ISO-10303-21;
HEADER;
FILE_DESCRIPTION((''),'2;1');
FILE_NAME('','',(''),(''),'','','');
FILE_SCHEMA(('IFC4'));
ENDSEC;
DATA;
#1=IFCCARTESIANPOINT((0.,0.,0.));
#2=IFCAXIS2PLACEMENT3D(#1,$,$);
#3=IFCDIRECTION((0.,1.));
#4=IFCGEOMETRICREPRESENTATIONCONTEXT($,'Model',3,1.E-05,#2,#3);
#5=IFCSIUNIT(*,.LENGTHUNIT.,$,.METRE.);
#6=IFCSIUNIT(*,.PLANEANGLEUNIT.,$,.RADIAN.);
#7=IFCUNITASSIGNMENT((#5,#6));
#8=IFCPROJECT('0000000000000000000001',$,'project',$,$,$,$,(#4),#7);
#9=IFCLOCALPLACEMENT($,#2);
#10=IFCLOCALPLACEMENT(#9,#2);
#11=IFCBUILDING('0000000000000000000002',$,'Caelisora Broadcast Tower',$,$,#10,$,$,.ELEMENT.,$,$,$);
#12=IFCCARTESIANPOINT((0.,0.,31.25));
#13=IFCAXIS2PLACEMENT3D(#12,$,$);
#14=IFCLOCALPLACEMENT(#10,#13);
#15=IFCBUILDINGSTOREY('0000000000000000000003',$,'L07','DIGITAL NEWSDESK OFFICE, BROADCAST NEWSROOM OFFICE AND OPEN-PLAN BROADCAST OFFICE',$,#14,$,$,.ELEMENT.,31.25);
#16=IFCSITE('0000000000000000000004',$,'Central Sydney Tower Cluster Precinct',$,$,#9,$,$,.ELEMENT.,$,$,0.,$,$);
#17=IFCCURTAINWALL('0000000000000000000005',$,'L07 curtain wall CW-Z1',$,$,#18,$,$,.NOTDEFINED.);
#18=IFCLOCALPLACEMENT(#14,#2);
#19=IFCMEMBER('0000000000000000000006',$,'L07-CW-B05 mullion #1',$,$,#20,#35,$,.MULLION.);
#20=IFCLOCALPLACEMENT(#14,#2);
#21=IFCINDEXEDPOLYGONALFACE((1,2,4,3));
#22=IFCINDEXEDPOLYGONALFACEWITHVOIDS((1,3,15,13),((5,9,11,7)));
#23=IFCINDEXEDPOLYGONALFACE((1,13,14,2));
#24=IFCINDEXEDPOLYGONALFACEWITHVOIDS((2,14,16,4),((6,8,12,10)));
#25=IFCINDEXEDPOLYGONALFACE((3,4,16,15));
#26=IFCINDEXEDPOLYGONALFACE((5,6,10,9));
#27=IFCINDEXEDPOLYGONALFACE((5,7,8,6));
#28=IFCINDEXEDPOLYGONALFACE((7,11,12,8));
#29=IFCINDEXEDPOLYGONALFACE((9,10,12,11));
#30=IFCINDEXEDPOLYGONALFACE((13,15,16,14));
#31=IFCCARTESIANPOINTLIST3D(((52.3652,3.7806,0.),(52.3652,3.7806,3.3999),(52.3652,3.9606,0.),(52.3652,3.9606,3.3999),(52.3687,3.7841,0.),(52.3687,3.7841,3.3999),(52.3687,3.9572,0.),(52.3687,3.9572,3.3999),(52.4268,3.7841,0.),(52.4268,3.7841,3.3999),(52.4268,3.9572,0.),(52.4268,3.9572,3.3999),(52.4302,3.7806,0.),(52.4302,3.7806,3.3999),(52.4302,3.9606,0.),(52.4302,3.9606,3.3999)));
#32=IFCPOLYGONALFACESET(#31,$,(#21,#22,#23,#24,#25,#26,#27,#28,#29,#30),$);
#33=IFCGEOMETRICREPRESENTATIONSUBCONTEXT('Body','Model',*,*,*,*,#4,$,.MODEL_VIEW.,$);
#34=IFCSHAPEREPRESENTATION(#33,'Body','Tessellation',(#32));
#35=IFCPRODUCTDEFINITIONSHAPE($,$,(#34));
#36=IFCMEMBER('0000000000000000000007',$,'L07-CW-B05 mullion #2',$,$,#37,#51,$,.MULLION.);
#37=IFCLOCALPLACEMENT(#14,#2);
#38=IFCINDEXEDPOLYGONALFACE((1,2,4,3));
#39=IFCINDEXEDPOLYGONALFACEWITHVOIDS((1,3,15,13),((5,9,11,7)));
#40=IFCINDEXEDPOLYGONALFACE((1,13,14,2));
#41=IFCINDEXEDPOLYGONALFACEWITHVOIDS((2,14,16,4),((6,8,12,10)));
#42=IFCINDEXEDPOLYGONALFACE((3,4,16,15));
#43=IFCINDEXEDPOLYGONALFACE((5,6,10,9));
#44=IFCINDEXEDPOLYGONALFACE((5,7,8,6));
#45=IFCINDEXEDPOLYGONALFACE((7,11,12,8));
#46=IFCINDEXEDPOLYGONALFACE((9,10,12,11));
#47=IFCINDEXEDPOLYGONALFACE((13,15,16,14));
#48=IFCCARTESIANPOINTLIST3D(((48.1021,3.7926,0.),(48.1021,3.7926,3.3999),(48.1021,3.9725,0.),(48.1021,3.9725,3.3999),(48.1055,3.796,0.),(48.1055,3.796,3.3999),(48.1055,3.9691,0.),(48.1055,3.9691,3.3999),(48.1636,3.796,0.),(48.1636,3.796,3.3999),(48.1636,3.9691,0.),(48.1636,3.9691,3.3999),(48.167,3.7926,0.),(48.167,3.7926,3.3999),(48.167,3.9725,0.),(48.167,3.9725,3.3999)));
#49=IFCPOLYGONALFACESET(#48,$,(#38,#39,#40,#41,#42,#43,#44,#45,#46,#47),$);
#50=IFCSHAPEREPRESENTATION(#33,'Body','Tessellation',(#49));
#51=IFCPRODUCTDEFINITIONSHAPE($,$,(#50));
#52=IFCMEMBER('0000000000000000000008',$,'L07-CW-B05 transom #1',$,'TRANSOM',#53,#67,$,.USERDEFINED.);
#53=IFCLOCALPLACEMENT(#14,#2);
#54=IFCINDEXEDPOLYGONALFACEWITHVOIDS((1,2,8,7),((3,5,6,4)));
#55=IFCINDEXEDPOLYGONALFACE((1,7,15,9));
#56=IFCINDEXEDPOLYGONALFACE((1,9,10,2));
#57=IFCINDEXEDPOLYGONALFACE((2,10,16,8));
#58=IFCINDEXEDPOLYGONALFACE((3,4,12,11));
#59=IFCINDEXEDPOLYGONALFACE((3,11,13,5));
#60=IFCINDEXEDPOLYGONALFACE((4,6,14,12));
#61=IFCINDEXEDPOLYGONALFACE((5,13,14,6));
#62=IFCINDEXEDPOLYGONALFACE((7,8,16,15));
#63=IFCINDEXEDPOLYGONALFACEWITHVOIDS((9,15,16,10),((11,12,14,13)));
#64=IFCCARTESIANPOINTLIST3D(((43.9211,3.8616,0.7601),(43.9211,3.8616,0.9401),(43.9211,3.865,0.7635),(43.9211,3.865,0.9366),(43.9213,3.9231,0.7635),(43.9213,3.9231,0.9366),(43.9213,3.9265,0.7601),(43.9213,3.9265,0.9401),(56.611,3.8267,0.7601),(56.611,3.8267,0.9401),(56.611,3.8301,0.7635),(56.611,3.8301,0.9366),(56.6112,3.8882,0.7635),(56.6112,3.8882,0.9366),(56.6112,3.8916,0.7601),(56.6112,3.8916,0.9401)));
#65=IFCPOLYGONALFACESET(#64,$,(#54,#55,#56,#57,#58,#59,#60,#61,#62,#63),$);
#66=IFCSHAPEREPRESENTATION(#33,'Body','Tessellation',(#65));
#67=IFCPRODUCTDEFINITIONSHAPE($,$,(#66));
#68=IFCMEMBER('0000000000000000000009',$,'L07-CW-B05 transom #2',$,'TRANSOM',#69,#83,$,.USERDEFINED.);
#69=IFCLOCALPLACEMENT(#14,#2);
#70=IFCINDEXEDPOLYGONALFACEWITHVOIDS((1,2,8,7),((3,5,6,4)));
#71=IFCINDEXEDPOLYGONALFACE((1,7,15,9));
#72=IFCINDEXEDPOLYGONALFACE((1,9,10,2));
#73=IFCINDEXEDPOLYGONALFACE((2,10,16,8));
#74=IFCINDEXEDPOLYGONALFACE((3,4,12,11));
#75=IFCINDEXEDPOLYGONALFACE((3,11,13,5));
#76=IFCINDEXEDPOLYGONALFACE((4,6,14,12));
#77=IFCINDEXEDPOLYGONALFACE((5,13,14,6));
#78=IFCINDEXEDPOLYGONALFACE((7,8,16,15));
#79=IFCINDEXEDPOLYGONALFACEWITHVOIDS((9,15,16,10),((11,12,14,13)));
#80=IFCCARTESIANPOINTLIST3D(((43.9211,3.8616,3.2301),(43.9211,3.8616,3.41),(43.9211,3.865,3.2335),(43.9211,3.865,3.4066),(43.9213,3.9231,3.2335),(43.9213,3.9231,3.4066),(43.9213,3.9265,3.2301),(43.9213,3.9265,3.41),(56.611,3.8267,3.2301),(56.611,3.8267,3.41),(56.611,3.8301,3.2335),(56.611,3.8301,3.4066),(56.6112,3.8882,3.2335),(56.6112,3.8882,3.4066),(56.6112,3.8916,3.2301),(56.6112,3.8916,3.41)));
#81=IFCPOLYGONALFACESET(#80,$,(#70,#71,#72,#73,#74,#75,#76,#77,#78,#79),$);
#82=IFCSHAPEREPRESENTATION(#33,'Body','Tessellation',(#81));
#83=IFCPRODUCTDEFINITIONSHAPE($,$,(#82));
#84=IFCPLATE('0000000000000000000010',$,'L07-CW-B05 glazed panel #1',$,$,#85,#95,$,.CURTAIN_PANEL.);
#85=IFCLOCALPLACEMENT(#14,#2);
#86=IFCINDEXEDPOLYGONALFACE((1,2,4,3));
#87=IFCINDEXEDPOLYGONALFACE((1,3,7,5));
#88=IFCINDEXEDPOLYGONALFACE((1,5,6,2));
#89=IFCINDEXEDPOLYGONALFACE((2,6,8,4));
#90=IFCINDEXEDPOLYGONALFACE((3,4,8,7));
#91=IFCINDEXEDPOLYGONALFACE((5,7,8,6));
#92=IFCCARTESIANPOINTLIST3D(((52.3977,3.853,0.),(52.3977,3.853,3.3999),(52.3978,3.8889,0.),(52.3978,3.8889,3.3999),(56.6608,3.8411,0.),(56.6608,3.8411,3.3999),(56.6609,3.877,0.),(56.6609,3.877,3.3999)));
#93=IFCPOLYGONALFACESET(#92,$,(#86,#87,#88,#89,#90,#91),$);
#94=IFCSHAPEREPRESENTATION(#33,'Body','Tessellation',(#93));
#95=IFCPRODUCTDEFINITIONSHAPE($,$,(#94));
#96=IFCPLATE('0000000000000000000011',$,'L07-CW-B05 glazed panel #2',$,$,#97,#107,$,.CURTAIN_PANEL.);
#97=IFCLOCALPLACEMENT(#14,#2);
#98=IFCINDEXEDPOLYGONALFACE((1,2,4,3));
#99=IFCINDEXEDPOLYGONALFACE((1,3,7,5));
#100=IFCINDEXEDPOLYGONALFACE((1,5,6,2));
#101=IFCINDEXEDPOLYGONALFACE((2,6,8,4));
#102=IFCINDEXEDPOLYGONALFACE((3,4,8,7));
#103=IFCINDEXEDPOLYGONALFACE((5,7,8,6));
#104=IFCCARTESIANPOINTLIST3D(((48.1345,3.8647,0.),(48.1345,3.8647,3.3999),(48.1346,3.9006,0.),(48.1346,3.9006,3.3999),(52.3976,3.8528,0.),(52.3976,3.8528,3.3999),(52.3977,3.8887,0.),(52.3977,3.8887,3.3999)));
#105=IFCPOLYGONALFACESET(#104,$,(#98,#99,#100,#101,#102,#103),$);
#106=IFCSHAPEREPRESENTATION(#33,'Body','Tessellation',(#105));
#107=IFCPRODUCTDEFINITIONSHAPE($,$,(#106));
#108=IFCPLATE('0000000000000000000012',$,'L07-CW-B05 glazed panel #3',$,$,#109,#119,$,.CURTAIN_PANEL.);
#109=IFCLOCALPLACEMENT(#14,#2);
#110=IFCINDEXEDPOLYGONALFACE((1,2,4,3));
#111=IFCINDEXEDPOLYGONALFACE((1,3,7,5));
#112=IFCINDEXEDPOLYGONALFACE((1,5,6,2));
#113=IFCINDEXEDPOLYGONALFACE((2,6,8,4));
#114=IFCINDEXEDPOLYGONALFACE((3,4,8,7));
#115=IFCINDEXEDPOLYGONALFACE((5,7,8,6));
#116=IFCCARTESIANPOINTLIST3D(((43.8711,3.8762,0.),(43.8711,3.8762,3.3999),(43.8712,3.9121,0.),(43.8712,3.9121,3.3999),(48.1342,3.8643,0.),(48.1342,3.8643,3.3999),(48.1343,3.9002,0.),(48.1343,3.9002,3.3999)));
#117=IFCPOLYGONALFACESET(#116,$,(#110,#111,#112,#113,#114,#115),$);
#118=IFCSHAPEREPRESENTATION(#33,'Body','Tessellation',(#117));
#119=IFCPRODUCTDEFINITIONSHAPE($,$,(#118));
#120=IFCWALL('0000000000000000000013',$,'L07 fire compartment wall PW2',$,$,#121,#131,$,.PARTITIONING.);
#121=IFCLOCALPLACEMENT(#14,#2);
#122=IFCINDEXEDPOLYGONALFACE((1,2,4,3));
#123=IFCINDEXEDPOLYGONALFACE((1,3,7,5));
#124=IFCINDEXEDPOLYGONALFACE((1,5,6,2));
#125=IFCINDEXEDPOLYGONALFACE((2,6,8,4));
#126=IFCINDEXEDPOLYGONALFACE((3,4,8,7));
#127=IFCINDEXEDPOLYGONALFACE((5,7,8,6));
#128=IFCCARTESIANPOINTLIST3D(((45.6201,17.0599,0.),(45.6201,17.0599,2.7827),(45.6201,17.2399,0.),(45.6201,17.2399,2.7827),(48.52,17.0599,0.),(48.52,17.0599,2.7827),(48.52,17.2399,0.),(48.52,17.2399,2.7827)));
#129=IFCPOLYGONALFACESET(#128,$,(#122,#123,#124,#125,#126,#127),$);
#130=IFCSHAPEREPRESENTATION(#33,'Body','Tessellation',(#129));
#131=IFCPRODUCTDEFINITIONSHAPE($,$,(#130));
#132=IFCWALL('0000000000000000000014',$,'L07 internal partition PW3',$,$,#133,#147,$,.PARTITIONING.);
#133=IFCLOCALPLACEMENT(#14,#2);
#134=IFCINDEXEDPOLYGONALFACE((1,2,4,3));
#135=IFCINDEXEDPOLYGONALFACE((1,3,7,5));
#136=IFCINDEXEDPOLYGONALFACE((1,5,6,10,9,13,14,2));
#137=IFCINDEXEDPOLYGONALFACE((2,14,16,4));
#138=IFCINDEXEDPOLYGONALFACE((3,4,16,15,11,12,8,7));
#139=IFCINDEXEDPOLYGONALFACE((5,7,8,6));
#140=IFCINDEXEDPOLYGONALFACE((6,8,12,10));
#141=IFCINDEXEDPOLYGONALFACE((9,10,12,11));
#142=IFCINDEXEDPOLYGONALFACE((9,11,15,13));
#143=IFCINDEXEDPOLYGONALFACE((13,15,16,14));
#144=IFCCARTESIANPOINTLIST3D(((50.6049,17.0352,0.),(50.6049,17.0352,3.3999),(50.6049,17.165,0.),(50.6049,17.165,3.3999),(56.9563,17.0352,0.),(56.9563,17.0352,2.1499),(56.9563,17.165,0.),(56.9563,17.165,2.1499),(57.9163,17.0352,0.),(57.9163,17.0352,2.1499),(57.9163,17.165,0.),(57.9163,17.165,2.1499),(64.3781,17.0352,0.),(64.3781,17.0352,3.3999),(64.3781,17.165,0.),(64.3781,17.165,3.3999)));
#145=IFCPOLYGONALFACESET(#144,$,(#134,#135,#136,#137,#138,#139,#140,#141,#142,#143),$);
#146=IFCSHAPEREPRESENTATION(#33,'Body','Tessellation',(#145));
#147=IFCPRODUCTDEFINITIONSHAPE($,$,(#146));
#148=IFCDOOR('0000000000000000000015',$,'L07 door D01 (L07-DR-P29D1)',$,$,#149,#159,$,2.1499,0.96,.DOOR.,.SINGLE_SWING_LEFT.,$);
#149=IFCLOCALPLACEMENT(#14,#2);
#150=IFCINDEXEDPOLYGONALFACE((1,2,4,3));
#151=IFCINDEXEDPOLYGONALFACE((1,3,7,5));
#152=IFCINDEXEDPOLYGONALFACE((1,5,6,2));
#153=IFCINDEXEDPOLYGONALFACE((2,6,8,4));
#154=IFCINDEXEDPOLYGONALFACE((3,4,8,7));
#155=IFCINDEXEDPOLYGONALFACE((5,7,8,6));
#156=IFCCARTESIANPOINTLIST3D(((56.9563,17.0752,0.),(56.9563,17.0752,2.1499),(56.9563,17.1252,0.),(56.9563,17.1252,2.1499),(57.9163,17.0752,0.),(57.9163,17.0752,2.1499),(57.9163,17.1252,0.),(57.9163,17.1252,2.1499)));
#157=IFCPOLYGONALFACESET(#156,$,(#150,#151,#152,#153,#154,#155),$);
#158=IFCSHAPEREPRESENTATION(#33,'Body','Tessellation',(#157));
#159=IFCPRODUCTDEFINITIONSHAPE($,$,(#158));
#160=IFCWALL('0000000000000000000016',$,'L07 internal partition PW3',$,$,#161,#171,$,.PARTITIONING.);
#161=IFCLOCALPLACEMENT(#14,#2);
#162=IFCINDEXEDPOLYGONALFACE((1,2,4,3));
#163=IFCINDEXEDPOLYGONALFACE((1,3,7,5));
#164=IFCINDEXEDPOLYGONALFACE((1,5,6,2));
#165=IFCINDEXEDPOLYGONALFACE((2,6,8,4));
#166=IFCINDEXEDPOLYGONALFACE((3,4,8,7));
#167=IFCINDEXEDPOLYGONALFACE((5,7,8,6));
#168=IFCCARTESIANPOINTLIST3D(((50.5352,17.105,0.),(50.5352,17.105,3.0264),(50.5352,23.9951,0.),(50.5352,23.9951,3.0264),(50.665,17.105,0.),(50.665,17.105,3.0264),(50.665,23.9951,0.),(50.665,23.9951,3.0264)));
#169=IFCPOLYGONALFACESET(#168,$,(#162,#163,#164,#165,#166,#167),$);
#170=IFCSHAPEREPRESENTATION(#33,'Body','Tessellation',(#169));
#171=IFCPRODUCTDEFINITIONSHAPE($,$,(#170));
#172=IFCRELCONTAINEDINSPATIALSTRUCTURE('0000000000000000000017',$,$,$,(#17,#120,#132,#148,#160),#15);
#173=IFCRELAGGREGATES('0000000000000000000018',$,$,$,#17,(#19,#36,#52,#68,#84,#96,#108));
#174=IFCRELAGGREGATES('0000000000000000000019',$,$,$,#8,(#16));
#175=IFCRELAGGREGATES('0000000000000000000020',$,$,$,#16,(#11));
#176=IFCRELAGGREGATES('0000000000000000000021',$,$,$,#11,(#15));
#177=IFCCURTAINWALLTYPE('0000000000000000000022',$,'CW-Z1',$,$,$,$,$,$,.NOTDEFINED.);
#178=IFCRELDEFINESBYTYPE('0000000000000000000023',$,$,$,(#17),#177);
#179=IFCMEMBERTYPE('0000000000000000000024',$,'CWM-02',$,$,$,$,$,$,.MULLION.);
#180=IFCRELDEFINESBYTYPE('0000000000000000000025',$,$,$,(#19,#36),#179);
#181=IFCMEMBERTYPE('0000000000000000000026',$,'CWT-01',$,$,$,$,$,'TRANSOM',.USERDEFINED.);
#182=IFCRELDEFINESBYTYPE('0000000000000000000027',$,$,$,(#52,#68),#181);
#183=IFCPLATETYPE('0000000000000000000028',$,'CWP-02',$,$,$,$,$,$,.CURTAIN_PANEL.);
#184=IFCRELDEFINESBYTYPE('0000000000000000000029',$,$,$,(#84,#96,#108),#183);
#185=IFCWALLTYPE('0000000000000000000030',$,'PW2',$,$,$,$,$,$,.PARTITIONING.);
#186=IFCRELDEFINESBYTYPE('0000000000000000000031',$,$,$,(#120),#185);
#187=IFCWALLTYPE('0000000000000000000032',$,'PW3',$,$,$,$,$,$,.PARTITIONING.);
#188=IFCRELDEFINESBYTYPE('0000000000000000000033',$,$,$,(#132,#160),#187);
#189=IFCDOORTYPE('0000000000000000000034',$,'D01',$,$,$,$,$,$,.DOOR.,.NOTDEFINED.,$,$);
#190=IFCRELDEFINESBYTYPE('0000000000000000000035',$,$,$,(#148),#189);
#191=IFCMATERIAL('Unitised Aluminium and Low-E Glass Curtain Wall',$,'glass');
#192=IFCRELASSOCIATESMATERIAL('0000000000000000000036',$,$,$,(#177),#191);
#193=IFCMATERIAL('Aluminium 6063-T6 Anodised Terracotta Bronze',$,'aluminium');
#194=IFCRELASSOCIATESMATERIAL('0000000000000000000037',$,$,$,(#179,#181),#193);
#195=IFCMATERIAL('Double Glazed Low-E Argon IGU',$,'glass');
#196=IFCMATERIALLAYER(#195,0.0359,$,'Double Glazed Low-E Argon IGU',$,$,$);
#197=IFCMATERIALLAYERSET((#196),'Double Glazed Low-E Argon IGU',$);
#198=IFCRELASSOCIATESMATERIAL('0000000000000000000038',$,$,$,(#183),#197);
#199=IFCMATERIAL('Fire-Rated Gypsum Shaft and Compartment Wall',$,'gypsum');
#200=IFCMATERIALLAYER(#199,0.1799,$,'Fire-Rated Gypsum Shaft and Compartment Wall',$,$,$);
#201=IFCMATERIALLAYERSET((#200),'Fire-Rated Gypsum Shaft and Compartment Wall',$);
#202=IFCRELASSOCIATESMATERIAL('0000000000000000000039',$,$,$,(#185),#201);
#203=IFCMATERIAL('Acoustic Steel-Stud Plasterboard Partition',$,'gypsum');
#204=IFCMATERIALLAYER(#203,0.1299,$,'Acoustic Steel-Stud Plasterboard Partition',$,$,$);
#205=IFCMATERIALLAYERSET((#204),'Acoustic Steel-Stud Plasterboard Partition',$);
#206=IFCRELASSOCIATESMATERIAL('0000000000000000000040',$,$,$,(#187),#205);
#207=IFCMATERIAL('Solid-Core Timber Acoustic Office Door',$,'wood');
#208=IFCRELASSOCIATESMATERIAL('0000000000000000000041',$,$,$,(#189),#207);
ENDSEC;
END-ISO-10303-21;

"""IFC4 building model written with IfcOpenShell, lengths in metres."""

from ifc_helpers import new_model, si_unit, direction, frame, frame_2d, origin, origin_2d, place, context, subcontext, project, spatial, rectangle, hollow_rectangle, extrude, source, transform, mapped, material, layer, layer_set, material_profile, profile_set, type_object, type_shapes, element, fill, aggregate, save


model = new_model("IFC4")

# Units and contexts
model_context = context("Model", 3, precision=1e-05, world=origin(), true_north=direction((0.0, 1.0)))
body_context = subcontext(model_context, "Body", "Model", "MODEL_VIEW")
ifc_project = project(units=[si_unit("LENGTHUNIT", "METRE"), si_unit("PLANEANGLEUNIT", "RADIAN")], contexts=[model_context])

# Site, building, storey
site_placement = place(None, origin())
site = spatial("IfcSite", under=ifc_project, at=site_placement, Name="Central Sydney Tower Cluster Precinct", CompositionType="ELEMENT", RefElevation=0.0)
building_placement = place(site_placement, origin())
building = spatial("IfcBuilding", under=site, at=building_placement, Name="Caelisora Broadcast Tower", CompositionType="ELEMENT")
storey_placement = place(building_placement, frame((0.0, 0.0, 31.25)))
storey = spatial("IfcBuildingStorey", under=building, at=storey_placement, Name="L07", Description="DIGITAL NEWSDESK OFFICE, BROADCAST NEWSROOM OFFICE AND OPEN-PLAN BROADCAST OFFICE", CompositionType="ELEMENT", Elevation=31.25)

# Curtain wall, members, plates
ifc_material_1 = material(Name="Unitised Aluminium and Low-E Glass Curtain Wall", Category="glass")
curtain_wall_type = type_object("IfcCurtainWallType", Name="CW-Z1", PredefinedType="NOTDEFINED", material=ifc_material_1)
curtain_wall_placement = place(storey_placement, origin())
curtain_wall = element("IfcCurtainWall", 1, at=curtain_wall_placement, inside=storey, type_object=curtain_wall_type, Name="L07 curtain wall CW-Z1", PredefinedType="NOTDEFINED")
ifc_material_2 = material(Name="Aluminium 6063-T6 Anodised Terracotta Bronze", Category="aluminium")
ifc_material_profile_1 = material_profile(ifc_material_2, hollow_rectangle(XDim=0.0649, YDim=0.1799, WallThickness=0.0034, at=origin_2d()), Name="Aluminium 6063-T6 Anodised Terracotta Bronze")
ifc_profile_set_1 = profile_set([ifc_material_profile_1], Name="Aluminium 6063-T6 Anodised Terracotta Bronze")
member_type_1 = type_object("IfcMemberType", Name="CWM-02", PredefinedType="MULLION", material=ifc_profile_set_1)
shared_shape_1 = source(origin(), body_context, "Body", "SweptSolid", [
    extrude(hollow_rectangle(XDim=0.0649, YDim=0.1799, WallThickness=0.0034, at=origin_2d()), origin(), (0.0, 0.0, 1.0), 3.3999),
])
type_shapes(member_type_1, [shared_shape_1])
member_1_placement = place(storey_placement, frame((52.3977, 3.8706, 0.0), z_axis=(0.0, 0.0, 1.0), x_axis=(1.0, 0.0, 0.0)))
member_1 = element("IfcMember", 2, at=member_1_placement, type_object=member_type_1, Name="L07-CW-B05 mullion #1", PredefinedType="MULLION", context=body_context, shape_type="MappedRepresentation", body=[
    mapped(shared_shape_1, transform((0.0, 0.0, 0.0), scale=1.0)),
])
member_2_placement = place(storey_placement, frame((48.1345, 3.8826, 0.0), z_axis=(0.0, 0.0, 1.0), x_axis=(1.0, 0.0, 0.0)))
member_2 = element("IfcMember", 3, at=member_2_placement, type_object=member_type_1, Name="L07-CW-B05 mullion #2", PredefinedType="MULLION", context=body_context, shape_type="MappedRepresentation", body=[
    mapped(shared_shape_1, transform((0.0, 0.0, 0.0), scale=1.0)),
])
ifc_material_profile_2 = material_profile(ifc_material_2, hollow_rectangle(XDim=0.0649, YDim=0.1799, WallThickness=0.0034, at=origin_2d()), Name="Aluminium 6063-T6 Anodised Terracotta Bronze")
ifc_profile_set_2 = profile_set([ifc_material_profile_2], Name="Aluminium 6063-T6 Anodised Terracotta Bronze")
member_type_2 = type_object("IfcMemberType", Name="CWT-01", ElementType="TRANSOM", PredefinedType="USERDEFINED", material=ifc_profile_set_2)
shared_shape_2 = source(origin(), body_context, "Body", "SweptSolid", [
    extrude(hollow_rectangle(XDim=0.0649, YDim=0.1799, WallThickness=0.0034, at=origin_2d()), origin(), (0.0, 0.0, 1.0), 12.6899),
])
type_shapes(member_type_2, [shared_shape_2])
member_3_placement = place(storey_placement, frame((56.6111, 3.8591, 0.8501), z_axis=(-0.999996, 0.002751, 0.0), x_axis=(-0.002751, -0.999996, 0.0)))
member_3 = element("IfcMember", 4, at=member_3_placement, type_object=member_type_2, Name="L07-CW-B05 transom #1", ObjectType="TRANSOM", PredefinedType="USERDEFINED", context=body_context, shape_type="MappedRepresentation", body=[
    mapped(shared_shape_2, transform((0.0, 0.0, 0.0), scale=1.0)),
])
member_4_placement = place(storey_placement, frame((56.6111, 3.8591, 3.3201), z_axis=(-0.999996, 0.002751, 0.0), x_axis=(-0.002751, -0.999996, 0.0)))
member_4 = element("IfcMember", 5, at=member_4_placement, type_object=member_type_2, Name="L07-CW-B05 transom #2", ObjectType="TRANSOM", PredefinedType="USERDEFINED", context=body_context, shape_type="MappedRepresentation", body=[
    mapped(shared_shape_2, transform((0.0, 0.0, 0.0), scale=1.0)),
])
ifc_material_3 = material(Name="Double Glazed Low-E Argon IGU", Category="glass")
ifc_layer_1 = layer(ifc_material_3, 0.0359, Name="Double Glazed Low-E Argon IGU")
ifc_layer_set_1 = layer_set([ifc_layer_1], Name="Double Glazed Low-E Argon IGU")
plate_type = type_object("IfcPlateType", Name="CWP-02", PredefinedType="CURTAIN_PANEL", material=ifc_layer_set_1)
shared_shape_3 = source(origin(), body_context, "Body", "SweptSolid", [
    extrude(rectangle(XDim=4.2632, YDim=0.0359, at=origin_2d()), origin(), (0.0, 0.0, 1.0), 3.3999),
])
type_shapes(plate_type, [shared_shape_3])
plate_1_placement = place(storey_placement, frame((54.5293, 3.865, 0.0), z_axis=(0.0, 0.0, 1.0), x_axis=(-0.999996, 0.002793, 0.0)))
plate_1 = element("IfcPlate", 6, at=plate_1_placement, type_object=plate_type, Name="L07-CW-B05 glazed panel #1", PredefinedType="CURTAIN_PANEL", context=body_context, shape_type="MappedRepresentation", body=[
    mapped(shared_shape_3, transform((0.0, 0.0, 0.0), scale=1.0)),
])
plate_2_placement = place(storey_placement, frame((50.2661, 3.8767, 0.0), z_axis=(0.0, 0.0, 1.0), x_axis=(-0.999996, 0.002793, 0.0)))
plate_2 = element("IfcPlate", 7, at=plate_2_placement, type_object=plate_type, Name="L07-CW-B05 glazed panel #2", PredefinedType="CURTAIN_PANEL", context=body_context, shape_type="MappedRepresentation", body=[
    mapped(shared_shape_3, transform((0.0, 0.0, 0.0), scale=1.0)),
])
plate_3_placement = place(storey_placement, frame((46.0027, 3.8882, 0.0), z_axis=(0.0, 0.0, 1.0), x_axis=(-0.999996, 0.002793, 0.0)))
plate_3 = element("IfcPlate", 8, at=plate_3_placement, type_object=plate_type, Name="L07-CW-B05 glazed panel #3", PredefinedType="CURTAIN_PANEL", context=body_context, shape_type="MappedRepresentation", body=[
    mapped(shared_shape_3, transform((0.0, 0.0, 0.0), scale=1.0)),
])
aggregate(curtain_wall, [member_1, member_2, member_3, member_4, plate_1, plate_2, plate_3])

# Wall
ifc_material_4 = material(Name="Fire-Rated Gypsum Shaft and Compartment Wall", Category="gypsum")
ifc_layer_2 = layer(ifc_material_4, 0.1799, Name="Fire-Rated Gypsum Shaft and Compartment Wall")
ifc_layer_set_2 = layer_set([ifc_layer_2], Name="Fire-Rated Gypsum Shaft and Compartment Wall")
wall_type_1 = type_object("IfcWallType", Name="PW2", PredefinedType="PARTITIONING", material=ifc_layer_set_2)
wall_1_placement = place(storey_placement, frame((45.6201, 17.1499, 0.0), z_axis=(0.0, 0.0, 1.0), x_axis=(1.0, 0.0, 0.0)))
element("IfcWall", 9, at=wall_1_placement, inside=storey, type_object=wall_type_1, Name="L07 fire compartment wall PW2", PredefinedType="PARTITIONING", context=body_context, shape_type="SweptSolid", body=[
    extrude(rectangle(XDim=2.8999, YDim=0.1799, at=frame_2d((1.45, 0.0))), origin(), (0.0, 0.0, 1.0), 2.7827),
])

# Wall, opening, door
ifc_material_5 = material(Name="Acoustic Steel-Stud Plasterboard Partition", Category="gypsum")
ifc_layer_3 = layer(ifc_material_5, 0.1299, Name="Acoustic Steel-Stud Plasterboard Partition")
ifc_layer_set_3 = layer_set([ifc_layer_3], Name="Acoustic Steel-Stud Plasterboard Partition")
wall_type_2 = type_object("IfcWallType", Name="PW3", PredefinedType="PARTITIONING", material=ifc_layer_set_3)
wall_2_placement = place(storey_placement, frame((64.3782, 17.1001, 0.0), z_axis=(0.0, 0.0, 1.0), x_axis=(-1.0, 0.0, 0.0)))
wall_2 = element("IfcWall", 10, at=wall_2_placement, inside=storey, type_object=wall_type_2, Name="L07 internal partition PW3", PredefinedType="PARTITIONING", context=body_context, shape_type="SweptSolid", body=[
    extrude(rectangle(XDim=13.7732, YDim=0.1299, at=frame_2d((6.8867, 0.0))), origin(), (0.0, 0.0, 1.0), 3.3999),
])
opening_placement = place(wall_2_placement, frame((6.4619, 0.0, 0.0)))
opening = element("IfcOpeningElement", 11, at=opening_placement, cuts=wall_2, PredefinedType="OPENING", context=body_context, shape_type="SweptSolid", body=[
    extrude(rectangle(XDim=0.96, YDim=2.1499, at=frame_2d((0.48, 1.075))), frame((0.0, 0.0769, 0.0), z_axis=(0.0, -1.0, 0.0), x_axis=(1.0, 0.0, 0.0)), (0.0, 0.0, 1.0), 0.1538),
])
ifc_material_6 = material(Name="Solid-Core Timber Acoustic Office Door", Category="wood")
door_type = type_object("IfcDoorType", Name="D01", OperationType="NOTDEFINED", PredefinedType="DOOR", material=ifc_material_6)
door_placement = place(opening_placement, origin())
door = element("IfcDoor", 12, at=door_placement, inside=storey, type_object=door_type, Name="L07 door D01 (L07-DR-P29D1)", OperationType="SINGLE_SWING_LEFT", OverallHeight=2.1499, OverallWidth=0.96, PredefinedType="DOOR", context=body_context, shape_type="SweptSolid", body=[
    extrude(rectangle(XDim=0.96, YDim=2.1499, at=frame_2d((0.48, 1.075))), frame((0.0, 0.0249, 0.0), z_axis=(0.0, -1.0, 0.0), x_axis=(1.0, 0.0, 0.0)), (0.0, 0.0, 1.0), 0.05),
])
fill(opening, door)

# Wall
wall_3_placement = place(storey_placement, frame((50.6001, 17.105, 0.0), z_axis=(0.0, 0.0, 1.0), x_axis=(0.0, 1.0, 0.0)))
element("IfcWall", 13, at=wall_3_placement, inside=storey, type_object=wall_type_2, Name="L07 internal partition PW3", PredefinedType="PARTITIONING", context=body_context, shape_type="SweptSolid", body=[
    extrude(rectangle(XDim=6.8901, YDim=0.1299, at=frame_2d((3.4451, 0.0))), origin(), (0.0, 0.0, 1.0), 3.0264),
])

save(model, "model.ifc")
